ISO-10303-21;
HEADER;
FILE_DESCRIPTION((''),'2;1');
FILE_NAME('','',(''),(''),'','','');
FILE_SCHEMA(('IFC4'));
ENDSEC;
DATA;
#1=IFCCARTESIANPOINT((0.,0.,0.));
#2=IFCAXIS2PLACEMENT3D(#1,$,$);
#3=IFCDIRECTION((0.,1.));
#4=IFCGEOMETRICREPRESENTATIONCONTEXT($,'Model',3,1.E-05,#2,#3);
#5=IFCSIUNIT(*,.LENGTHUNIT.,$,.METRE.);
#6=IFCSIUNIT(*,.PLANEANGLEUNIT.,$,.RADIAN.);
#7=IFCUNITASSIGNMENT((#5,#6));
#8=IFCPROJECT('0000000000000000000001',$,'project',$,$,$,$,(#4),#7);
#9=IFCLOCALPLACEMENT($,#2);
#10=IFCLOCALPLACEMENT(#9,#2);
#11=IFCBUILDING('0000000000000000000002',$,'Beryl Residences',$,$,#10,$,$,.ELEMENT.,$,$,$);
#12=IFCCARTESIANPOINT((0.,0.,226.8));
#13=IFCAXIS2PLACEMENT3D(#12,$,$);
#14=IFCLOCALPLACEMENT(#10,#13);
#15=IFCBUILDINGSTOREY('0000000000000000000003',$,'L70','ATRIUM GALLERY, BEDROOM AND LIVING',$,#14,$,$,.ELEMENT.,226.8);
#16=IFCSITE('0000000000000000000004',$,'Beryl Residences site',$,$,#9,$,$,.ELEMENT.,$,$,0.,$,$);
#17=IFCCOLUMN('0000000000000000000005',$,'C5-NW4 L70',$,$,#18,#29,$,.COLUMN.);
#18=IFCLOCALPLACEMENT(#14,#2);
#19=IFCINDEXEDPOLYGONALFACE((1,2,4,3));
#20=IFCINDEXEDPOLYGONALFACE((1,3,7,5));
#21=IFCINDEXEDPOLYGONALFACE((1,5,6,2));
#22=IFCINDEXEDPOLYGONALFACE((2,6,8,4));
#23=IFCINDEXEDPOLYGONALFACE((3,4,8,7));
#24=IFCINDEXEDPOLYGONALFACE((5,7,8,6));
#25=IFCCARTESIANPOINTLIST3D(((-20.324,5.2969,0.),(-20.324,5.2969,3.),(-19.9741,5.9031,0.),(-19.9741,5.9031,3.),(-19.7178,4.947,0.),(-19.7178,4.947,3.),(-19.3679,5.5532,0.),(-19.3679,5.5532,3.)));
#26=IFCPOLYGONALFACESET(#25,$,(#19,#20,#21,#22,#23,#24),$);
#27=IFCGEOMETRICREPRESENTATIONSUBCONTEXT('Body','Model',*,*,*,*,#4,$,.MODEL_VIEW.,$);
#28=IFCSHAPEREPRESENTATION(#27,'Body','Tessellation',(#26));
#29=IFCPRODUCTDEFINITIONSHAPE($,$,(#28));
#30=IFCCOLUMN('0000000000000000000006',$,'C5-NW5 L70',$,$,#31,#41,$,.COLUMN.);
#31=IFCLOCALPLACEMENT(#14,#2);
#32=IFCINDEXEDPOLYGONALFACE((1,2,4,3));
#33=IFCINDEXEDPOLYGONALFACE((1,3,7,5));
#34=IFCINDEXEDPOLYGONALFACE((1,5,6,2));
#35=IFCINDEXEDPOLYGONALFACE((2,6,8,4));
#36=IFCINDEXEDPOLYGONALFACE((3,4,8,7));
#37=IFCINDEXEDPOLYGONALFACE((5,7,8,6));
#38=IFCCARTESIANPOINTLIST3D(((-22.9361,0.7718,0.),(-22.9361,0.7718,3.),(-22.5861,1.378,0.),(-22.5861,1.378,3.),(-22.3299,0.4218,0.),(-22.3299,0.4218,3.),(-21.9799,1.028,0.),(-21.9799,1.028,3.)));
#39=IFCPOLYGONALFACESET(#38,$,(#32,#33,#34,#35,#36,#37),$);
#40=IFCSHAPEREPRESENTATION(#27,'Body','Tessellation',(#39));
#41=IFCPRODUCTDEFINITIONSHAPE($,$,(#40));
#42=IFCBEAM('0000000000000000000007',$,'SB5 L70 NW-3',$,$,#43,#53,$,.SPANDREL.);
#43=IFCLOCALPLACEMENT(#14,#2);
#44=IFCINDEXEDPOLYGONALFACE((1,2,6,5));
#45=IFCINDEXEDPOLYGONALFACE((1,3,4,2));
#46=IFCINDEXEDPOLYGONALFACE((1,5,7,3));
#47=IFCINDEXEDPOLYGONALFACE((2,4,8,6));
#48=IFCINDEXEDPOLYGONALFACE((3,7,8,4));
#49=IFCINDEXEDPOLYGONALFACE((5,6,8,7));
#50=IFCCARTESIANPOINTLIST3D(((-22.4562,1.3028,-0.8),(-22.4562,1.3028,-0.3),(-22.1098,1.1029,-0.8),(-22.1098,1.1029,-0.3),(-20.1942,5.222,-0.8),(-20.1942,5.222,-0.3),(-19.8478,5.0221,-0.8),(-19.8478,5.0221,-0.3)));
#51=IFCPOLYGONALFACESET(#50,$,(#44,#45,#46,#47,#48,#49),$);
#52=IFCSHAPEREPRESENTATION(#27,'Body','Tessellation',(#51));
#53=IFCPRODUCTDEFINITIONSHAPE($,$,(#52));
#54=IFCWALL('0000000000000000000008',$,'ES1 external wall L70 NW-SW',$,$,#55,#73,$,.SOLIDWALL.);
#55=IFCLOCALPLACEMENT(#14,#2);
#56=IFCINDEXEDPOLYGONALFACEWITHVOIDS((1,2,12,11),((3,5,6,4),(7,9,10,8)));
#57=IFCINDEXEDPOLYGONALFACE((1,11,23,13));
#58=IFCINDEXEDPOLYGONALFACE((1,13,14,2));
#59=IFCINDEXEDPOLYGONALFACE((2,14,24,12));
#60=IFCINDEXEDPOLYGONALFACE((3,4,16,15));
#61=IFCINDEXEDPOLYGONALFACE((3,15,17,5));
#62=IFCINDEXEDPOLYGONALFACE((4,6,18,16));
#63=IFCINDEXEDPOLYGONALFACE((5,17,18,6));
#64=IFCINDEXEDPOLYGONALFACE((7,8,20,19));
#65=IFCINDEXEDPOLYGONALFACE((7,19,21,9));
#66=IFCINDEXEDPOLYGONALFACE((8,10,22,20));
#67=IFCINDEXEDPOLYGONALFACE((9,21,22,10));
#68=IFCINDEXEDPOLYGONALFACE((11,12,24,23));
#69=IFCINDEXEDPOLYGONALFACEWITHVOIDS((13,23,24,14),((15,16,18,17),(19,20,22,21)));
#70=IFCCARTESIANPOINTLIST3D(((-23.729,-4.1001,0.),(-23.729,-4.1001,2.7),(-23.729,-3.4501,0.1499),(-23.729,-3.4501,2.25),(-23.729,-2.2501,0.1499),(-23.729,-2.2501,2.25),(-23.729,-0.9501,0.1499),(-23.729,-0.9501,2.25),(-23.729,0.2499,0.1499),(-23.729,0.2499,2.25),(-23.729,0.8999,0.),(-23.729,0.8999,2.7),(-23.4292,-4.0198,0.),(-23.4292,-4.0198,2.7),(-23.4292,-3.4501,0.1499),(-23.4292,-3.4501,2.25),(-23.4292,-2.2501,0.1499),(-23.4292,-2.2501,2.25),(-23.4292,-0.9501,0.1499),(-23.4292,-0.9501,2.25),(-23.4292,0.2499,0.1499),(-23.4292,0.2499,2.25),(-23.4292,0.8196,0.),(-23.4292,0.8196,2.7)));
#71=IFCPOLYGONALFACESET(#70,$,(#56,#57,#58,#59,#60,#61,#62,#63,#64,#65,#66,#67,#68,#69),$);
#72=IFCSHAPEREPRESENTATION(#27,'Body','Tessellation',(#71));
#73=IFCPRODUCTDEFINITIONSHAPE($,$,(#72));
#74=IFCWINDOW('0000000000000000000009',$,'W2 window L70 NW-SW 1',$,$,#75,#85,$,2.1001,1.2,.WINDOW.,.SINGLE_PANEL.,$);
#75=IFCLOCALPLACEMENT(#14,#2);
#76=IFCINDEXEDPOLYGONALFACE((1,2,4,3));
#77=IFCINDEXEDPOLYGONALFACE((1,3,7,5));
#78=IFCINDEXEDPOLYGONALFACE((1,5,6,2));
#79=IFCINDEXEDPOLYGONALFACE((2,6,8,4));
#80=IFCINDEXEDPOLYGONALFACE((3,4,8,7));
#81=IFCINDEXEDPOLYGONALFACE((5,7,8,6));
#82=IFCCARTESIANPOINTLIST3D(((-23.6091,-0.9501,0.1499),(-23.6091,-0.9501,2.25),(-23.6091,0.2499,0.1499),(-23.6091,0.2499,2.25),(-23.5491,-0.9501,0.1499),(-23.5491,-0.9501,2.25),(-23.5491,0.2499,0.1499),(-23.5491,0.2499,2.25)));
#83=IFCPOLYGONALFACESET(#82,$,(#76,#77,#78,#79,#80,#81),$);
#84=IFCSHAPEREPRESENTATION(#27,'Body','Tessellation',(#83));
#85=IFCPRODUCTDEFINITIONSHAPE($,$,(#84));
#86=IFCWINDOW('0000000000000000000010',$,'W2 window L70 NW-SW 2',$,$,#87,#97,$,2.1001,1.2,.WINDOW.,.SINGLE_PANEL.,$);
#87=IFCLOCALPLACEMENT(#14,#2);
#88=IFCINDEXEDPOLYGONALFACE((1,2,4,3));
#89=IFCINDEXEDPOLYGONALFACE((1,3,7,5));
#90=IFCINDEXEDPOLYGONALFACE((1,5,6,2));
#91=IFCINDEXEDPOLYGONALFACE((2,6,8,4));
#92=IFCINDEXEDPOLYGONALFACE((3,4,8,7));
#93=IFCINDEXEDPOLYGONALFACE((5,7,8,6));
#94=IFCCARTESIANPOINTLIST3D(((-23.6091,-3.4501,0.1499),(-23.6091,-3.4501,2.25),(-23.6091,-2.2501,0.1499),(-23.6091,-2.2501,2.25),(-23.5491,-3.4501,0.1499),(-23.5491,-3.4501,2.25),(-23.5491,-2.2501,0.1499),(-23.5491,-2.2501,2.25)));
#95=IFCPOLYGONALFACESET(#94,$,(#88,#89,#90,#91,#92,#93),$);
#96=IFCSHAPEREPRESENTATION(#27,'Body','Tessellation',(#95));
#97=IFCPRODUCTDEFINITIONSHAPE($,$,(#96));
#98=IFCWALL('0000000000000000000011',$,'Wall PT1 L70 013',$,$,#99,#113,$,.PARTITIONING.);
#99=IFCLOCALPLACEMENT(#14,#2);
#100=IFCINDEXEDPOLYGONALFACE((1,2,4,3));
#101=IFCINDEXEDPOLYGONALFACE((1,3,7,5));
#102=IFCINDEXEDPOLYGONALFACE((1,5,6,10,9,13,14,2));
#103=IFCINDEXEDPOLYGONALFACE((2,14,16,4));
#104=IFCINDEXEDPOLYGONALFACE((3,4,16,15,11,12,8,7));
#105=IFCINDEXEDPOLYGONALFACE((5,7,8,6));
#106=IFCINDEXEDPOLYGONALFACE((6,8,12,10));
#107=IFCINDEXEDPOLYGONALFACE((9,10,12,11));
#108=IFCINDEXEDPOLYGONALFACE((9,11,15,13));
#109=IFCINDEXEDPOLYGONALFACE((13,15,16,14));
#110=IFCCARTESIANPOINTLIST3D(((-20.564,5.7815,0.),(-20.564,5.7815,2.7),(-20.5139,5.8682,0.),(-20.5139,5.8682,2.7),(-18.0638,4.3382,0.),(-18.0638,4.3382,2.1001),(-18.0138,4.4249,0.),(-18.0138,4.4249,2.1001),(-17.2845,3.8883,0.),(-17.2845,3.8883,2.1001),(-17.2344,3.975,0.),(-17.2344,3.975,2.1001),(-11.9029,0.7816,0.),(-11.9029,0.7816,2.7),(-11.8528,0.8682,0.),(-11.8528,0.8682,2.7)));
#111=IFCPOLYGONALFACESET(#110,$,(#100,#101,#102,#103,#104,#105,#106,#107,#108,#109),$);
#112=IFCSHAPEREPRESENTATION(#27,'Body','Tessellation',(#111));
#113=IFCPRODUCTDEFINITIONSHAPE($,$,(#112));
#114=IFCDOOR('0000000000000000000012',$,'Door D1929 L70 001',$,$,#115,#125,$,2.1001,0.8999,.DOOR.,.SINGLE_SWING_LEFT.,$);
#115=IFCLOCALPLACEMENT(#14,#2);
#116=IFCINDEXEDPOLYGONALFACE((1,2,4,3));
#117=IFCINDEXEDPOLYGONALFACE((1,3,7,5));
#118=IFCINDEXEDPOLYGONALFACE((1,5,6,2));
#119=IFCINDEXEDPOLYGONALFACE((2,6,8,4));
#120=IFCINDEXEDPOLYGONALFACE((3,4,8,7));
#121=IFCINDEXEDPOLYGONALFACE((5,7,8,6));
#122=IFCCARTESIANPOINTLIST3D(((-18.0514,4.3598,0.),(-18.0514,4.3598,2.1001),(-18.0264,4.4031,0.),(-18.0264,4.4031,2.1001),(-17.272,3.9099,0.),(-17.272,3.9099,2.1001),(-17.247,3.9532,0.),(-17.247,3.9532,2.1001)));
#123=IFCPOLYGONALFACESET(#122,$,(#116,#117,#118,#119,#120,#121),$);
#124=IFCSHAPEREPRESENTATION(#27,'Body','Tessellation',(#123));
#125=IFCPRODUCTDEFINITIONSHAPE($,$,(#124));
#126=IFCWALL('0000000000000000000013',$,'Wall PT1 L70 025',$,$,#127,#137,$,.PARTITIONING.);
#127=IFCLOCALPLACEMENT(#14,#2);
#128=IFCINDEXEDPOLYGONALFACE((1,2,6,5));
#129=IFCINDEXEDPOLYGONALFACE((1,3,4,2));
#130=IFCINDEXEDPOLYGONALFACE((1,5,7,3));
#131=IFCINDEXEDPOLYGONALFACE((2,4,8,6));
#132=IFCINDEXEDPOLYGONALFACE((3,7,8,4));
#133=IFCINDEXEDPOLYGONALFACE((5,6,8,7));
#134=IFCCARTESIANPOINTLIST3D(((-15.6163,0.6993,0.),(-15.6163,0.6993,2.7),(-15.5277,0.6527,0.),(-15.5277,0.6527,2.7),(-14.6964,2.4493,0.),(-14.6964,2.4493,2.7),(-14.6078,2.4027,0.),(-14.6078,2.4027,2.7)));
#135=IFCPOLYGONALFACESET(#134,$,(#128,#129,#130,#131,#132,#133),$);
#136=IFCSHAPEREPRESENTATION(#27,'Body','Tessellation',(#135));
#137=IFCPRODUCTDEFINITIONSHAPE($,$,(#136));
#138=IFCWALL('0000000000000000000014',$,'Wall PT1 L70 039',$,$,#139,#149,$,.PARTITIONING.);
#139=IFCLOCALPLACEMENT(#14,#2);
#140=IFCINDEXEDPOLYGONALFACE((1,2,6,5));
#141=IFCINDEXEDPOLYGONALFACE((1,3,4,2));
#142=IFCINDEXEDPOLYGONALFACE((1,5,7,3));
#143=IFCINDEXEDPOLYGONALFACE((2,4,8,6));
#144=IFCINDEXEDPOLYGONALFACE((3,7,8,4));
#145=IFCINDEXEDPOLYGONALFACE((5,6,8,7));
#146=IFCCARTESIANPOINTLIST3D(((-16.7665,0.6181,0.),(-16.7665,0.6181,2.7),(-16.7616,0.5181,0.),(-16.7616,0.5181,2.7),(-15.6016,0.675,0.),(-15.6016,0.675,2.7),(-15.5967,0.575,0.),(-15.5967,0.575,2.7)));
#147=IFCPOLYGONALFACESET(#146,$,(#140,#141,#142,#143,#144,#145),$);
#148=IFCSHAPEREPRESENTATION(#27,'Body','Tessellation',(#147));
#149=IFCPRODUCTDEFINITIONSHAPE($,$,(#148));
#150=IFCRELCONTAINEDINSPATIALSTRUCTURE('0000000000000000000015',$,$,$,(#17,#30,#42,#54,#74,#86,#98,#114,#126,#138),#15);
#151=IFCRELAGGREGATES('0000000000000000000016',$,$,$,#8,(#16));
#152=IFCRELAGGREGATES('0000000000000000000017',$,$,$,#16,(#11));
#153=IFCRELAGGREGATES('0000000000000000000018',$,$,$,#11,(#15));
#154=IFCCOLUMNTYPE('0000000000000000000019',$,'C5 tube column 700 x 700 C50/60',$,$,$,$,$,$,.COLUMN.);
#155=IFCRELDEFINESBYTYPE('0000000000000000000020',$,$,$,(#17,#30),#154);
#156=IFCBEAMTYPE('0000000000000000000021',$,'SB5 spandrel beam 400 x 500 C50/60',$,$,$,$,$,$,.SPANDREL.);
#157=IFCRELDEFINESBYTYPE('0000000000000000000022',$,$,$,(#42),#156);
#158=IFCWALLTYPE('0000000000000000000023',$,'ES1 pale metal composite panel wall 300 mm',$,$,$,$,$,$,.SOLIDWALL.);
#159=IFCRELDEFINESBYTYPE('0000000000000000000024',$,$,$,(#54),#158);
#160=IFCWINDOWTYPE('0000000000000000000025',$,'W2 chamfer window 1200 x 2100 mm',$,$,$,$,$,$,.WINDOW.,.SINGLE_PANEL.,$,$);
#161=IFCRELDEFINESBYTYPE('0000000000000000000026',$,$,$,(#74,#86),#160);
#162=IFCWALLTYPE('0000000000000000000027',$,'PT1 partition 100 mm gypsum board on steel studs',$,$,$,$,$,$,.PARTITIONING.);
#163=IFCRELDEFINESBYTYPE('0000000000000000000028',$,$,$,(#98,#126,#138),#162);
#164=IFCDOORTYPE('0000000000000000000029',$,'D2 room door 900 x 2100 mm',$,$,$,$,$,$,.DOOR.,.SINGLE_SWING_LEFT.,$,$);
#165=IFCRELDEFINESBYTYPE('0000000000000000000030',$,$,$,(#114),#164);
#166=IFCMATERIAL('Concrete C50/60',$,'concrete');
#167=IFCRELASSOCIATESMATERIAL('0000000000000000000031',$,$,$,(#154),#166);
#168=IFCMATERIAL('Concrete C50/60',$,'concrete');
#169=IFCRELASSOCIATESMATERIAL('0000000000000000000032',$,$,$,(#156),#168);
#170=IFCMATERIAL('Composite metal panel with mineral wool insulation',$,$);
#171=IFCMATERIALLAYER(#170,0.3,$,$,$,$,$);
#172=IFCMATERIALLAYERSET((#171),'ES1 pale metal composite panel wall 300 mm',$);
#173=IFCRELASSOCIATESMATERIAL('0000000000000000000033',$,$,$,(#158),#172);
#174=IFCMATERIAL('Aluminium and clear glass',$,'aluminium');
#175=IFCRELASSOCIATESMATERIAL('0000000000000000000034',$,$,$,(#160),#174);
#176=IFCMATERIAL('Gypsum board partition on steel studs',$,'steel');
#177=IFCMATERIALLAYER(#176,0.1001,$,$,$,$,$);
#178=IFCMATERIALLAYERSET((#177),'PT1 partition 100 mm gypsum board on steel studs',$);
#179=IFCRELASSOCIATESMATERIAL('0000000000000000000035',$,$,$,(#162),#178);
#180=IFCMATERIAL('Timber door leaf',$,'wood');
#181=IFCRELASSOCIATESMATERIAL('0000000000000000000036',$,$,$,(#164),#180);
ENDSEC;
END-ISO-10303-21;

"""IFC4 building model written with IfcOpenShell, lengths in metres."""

from ifc_helpers import new_model, si_unit, direction, frame, frame_2d, origin, origin_2d, place, context, subcontext, project, spatial, polyline, rectangle, outline, extrude, material, layer, layer_set, material_profile, profile_set, type_object, element, fill, save


model = new_model("IFC4")

# Units and contexts
model_context = context("Model", 3, precision=1e-05, world=origin(), true_north=direction((0.0, 1.0)))
body_context = subcontext(model_context, "Body", "Model", "MODEL_VIEW")
ifc_project = project(units=[si_unit("LENGTHUNIT", "METRE"), si_unit("PLANEANGLEUNIT", "RADIAN")], contexts=[model_context])

# Site, building, storey
site_placement = place(None, origin())
site = spatial("IfcSite", under=ifc_project, at=site_placement, Name="Beryl Residences site", CompositionType="ELEMENT", RefElevation=0.0)
building_placement = place(site_placement, origin())
building = spatial("IfcBuilding", under=site, at=building_placement, Name="Beryl Residences", CompositionType="ELEMENT")
storey_placement = place(building_placement, frame((0.0, 0.0, 226.8)))
storey = spatial("IfcBuildingStorey", under=building, at=storey_placement, Name="L70", Description="ATRIUM GALLERY, BEDROOM AND LIVING", CompositionType="ELEMENT", Elevation=226.8)

# Columns
ifc_material_1 = material(Name="Concrete C50/60", Category="concrete")
ifc_material_profile_1 = material_profile(ifc_material_1, rectangle(XDim=0.7, YDim=0.7, at=origin_2d()))
ifc_profile_set_1 = profile_set([ifc_material_profile_1], Name="Concrete C50/60")
column_type = type_object("IfcColumnType", Name="C5 tube column 700 x 700 C50/60", PredefinedType="COLUMN", material=ifc_profile_set_1)
for number, where, z_axis, x_axis, name in (
    (1, (-19.8459, 5.425, 0.0), (0.0, 0.0, 1.0), (-0.49997, -0.866043, 0.0), "C5-NW4 L70"),
    (2, (-22.458, 0.8999, 0.0), (0.0, 0.0, 1.0), (-0.49997, -0.866043, 0.0), "C5-NW5 L70"),
):
    element("IfcColumn", number, at=place(storey_placement, frame(where, z_axis=z_axis, x_axis=x_axis)), inside=storey, type_object=column_type, Name=name, PredefinedType="COLUMN", context=body_context, shape_type="SweptSolid", body=[
        extrude(rectangle(XDim=0.7, YDim=0.7, at=origin_2d()), origin(), (0.0, 0.0, 1.0), 3.0),
    ])

# Beam
ifc_material_2 = material(Name="Concrete C50/60", Category="concrete")
ifc_material_profile_2 = material_profile(ifc_material_2, rectangle(XDim=0.3999, YDim=0.5, at=origin_2d()))
ifc_profile_set_2 = profile_set([ifc_material_profile_2], Name="Concrete C50/60")
beam_type = type_object("IfcBeamType", Name="SB5 spandrel beam 400 x 500 C50/60", PredefinedType="SPANDREL", material=ifc_profile_set_2)
beam_placement = place(storey_placement, frame((-20.021, 5.1221, -0.55), z_axis=(-0.49987, -0.8661, 0.0), x_axis=(0.8661, -0.49987, 0.0)))
element("IfcBeam", 3, at=beam_placement, inside=storey, type_object=beam_type, Name="SB5 L70 NW-3", PredefinedType="SPANDREL", context=body_context, shape_type="SweptSolid", body=[
    extrude(rectangle(XDim=0.3999, YDim=0.5, at=origin_2d()), origin(), (0.0, 0.0, 1.0), 4.5251),
])

# Wall, openings, windows
ifc_material_3 = material(Name="Composite metal panel with mineral wool insulation")
ifc_layer_1 = layer(ifc_material_3, 0.3)
ifc_layer_set_1 = layer_set([ifc_layer_1], Name="ES1 pale metal composite panel wall 300 mm")
wall_type_1 = type_object("IfcWallType", Name="ES1 pale metal composite panel wall 300 mm", PredefinedType="SOLIDWALL", material=ifc_layer_set_1)
wall_1_placement = place(storey_placement, frame((-23.5791, 0.8999, 0.0), z_axis=(0.0, 0.0, 1.0), x_axis=(0.0, -1.0, 0.0)))
wall_1 = element("IfcWall", 4, at=wall_1_placement, inside=storey, type_object=wall_type_1, Name="ES1 external wall L70 NW-SW", PredefinedType="SOLIDWALL", context=body_context, shape_type="SweptSolid", body=[
    extrude(outline(polyline([(0.0, -0.1499), (5.0, -0.1499), (4.9197, 0.1499), (0.0803, 0.1499), (0.0, -0.1499)])), origin(), (0.0, 0.0, 1.0), 2.7),
])
opening_1_placement = place(wall_1_placement, frame((0.6499, 0.0, 0.1499)))
opening_1 = element("IfcOpeningElement", 5, at=opening_1_placement, cuts=wall_1, PredefinedType="OPENING", context=body_context, shape_type="SweptSolid", body=[
    extrude(rectangle(XDim=1.2, YDim=2.1001, at=frame_2d((0.6001, 1.05))), frame((0.0, 0.1599, 0.0), z_axis=(0.0, -1.0, 0.0), x_axis=(1.0, 0.0, 0.0)), (0.0, 0.0, 1.0), 0.3201),
])
opening_2_placement = place(wall_1_placement, frame((3.1499, 0.0, 0.1499)))
opening_2 = element("IfcOpeningElement", 6, at=opening_2_placement, cuts=wall_1, PredefinedType="OPENING", context=body_context, shape_type="SweptSolid", body=[
    extrude(rectangle(XDim=1.2, YDim=2.1001, at=frame_2d((0.6001, 1.05))), frame((0.0, 0.1599, 0.0), z_axis=(0.0, -1.0, 0.0), x_axis=(1.0, 0.0, 0.0)), (0.0, 0.0, 1.0), 0.3201),
])
ifc_material_4 = material(Name="Aluminium and clear glass", Category="aluminium")
window_type = type_object("IfcWindowType", Name="W2 chamfer window 1200 x 2100 mm", PartitioningType="SINGLE_PANEL", PredefinedType="WINDOW", material=ifc_material_4)
window_1_placement = place(opening_1_placement, origin())
window_1 = element("IfcWindow", 7, at=window_1_placement, inside=storey, type_object=window_type, Name="W2 window L70 NW-SW 1", OverallHeight=2.1001, OverallWidth=1.2, PartitioningType="SINGLE_PANEL", PredefinedType="WINDOW", context=body_context, shape_type="SweptSolid", body=[
    extrude(rectangle(XDim=1.2, YDim=2.1001, at=frame_2d((0.6001, 1.05))), frame((0.0, 0.03, 0.0), z_axis=(0.0, -1.0, 0.0), x_axis=(1.0, 0.0, 0.0)), (0.0, 0.0, 1.0), 0.0601),
])
fill(opening_1, window_1)
window_2_placement = place(opening_2_placement, origin())
window_2 = element("IfcWindow", 8, at=window_2_placement, inside=storey, type_object=window_type, Name="W2 window L70 NW-SW 2", OverallHeight=2.1001, OverallWidth=1.2, PartitioningType="SINGLE_PANEL", PredefinedType="WINDOW", context=body_context, shape_type="SweptSolid", body=[
    extrude(rectangle(XDim=1.2, YDim=2.1001, at=frame_2d((0.6001, 1.05))), frame((0.0, 0.03, 0.0), z_axis=(0.0, -1.0, 0.0), x_axis=(1.0, 0.0, 0.0)), (0.0, 0.0, 1.0), 0.0601),
])
fill(opening_2, window_2)

# Wall, opening, door
ifc_material_5 = material(Name="Gypsum board partition on steel studs", Category="steel")
ifc_layer_2 = layer(ifc_material_5, 0.1001)
ifc_layer_set_2 = layer_set([ifc_layer_2], Name="PT1 partition 100 mm gypsum board on steel studs")
wall_type_2 = type_object("IfcWallType", Name="PT1 partition 100 mm gypsum board on steel studs", PredefinedType="PARTITIONING", material=ifc_layer_set_2)
wall_2_placement = place(storey_placement, frame((-20.5391, 5.825, 0.0), z_axis=(0.0, 0.0, 1.0), x_axis=(0.866047, -0.499962, 0.0)))
wall_2 = element("IfcWall", 9, at=wall_2_placement, inside=storey, type_object=wall_type_2, Name="Wall PT1 L70 013", PredefinedType="PARTITIONING", context=body_context, shape_type="SweptSolid", body=[
    extrude(rectangle(XDim=10.0007, YDim=0.1001, at=frame_2d((5.0005, 0.0))), origin(), (0.0, 0.0, 1.0), 2.7),
])
opening_3_placement = place(wall_2_placement, frame((2.887, 0.0, 0.0)))
opening_3 = element("IfcOpeningElement", 10, at=opening_3_placement, cuts=wall_2, PredefinedType="OPENING", context=body_context, shape_type="SweptSolid", body=[
    extrude(rectangle(XDim=0.8999, YDim=2.1001, at=frame_2d((0.45, 1.05))), frame((0.0, 0.0601, 0.0), z_axis=(0.0, -1.0, 0.0), x_axis=(1.0, 0.0, 0.0)), (0.0, 0.0, 1.0), 0.1201),
])
ifc_material_6 = material(Name="Timber door leaf", Category="wood")
door_type = type_object("IfcDoorType", Name="D2 room door 900 x 2100 mm", OperationType="SINGLE_SWING_LEFT", PredefinedType="DOOR", material=ifc_material_6)
door_placement = place(opening_3_placement, origin())
door = element("IfcDoor", 11, at=door_placement, inside=storey, type_object=door_type, Name="Door D1929 L70 001", OperationType="SINGLE_SWING_LEFT", OverallHeight=2.1001, OverallWidth=0.8999, PredefinedType="DOOR", context=body_context, shape_type="SweptSolid", body=[
    extrude(rectangle(XDim=0.8999, YDim=2.1001, at=frame_2d((0.45, 1.05))), frame((0.0, 0.0249, 0.0), z_axis=(0.0, -1.0, 0.0), x_axis=(1.0, 0.0, 0.0)), (0.0, 0.0, 1.0), 0.05),
])
fill(opening_3, door)

# Walls
wall_3_placement = place(storey_placement, frame((-15.572, 0.676, 0.0), z_axis=(0.0, 0.0, 1.0), x_axis=(0.465298, 0.885154, 0.0)))
element("IfcWall", 12, at=wall_3_placement, inside=storey, type_object=wall_type_2, Name="Wall PT1 L70 025", PredefinedType="PARTITIONING", context=body_context, shape_type="SweptSolid", body=[
    extrude(rectangle(XDim=1.9771, YDim=0.1001, at=frame_2d((0.9885, 0.0))), origin(), (0.0, 0.0, 1.0), 2.7),
])
wall_4_placement = place(storey_placement, frame((-16.7639, 0.5681, 0.0), z_axis=(0.0, 0.0, 1.0), x_axis=(0.99881, 0.048779, 0.0)))
element("IfcWall", 13, at=wall_4_placement, inside=storey, type_object=wall_type_2, Name="Wall PT1 L70 039", PredefinedType="PARTITIONING", context=body_context, shape_type="SweptSolid", body=[
    extrude(rectangle(XDim=1.1663, YDim=0.1001, at=frame_2d((0.583, 0.0))), origin(), (0.0, 0.0, 1.0), 2.7),
])

save(model, "model.ifc")
